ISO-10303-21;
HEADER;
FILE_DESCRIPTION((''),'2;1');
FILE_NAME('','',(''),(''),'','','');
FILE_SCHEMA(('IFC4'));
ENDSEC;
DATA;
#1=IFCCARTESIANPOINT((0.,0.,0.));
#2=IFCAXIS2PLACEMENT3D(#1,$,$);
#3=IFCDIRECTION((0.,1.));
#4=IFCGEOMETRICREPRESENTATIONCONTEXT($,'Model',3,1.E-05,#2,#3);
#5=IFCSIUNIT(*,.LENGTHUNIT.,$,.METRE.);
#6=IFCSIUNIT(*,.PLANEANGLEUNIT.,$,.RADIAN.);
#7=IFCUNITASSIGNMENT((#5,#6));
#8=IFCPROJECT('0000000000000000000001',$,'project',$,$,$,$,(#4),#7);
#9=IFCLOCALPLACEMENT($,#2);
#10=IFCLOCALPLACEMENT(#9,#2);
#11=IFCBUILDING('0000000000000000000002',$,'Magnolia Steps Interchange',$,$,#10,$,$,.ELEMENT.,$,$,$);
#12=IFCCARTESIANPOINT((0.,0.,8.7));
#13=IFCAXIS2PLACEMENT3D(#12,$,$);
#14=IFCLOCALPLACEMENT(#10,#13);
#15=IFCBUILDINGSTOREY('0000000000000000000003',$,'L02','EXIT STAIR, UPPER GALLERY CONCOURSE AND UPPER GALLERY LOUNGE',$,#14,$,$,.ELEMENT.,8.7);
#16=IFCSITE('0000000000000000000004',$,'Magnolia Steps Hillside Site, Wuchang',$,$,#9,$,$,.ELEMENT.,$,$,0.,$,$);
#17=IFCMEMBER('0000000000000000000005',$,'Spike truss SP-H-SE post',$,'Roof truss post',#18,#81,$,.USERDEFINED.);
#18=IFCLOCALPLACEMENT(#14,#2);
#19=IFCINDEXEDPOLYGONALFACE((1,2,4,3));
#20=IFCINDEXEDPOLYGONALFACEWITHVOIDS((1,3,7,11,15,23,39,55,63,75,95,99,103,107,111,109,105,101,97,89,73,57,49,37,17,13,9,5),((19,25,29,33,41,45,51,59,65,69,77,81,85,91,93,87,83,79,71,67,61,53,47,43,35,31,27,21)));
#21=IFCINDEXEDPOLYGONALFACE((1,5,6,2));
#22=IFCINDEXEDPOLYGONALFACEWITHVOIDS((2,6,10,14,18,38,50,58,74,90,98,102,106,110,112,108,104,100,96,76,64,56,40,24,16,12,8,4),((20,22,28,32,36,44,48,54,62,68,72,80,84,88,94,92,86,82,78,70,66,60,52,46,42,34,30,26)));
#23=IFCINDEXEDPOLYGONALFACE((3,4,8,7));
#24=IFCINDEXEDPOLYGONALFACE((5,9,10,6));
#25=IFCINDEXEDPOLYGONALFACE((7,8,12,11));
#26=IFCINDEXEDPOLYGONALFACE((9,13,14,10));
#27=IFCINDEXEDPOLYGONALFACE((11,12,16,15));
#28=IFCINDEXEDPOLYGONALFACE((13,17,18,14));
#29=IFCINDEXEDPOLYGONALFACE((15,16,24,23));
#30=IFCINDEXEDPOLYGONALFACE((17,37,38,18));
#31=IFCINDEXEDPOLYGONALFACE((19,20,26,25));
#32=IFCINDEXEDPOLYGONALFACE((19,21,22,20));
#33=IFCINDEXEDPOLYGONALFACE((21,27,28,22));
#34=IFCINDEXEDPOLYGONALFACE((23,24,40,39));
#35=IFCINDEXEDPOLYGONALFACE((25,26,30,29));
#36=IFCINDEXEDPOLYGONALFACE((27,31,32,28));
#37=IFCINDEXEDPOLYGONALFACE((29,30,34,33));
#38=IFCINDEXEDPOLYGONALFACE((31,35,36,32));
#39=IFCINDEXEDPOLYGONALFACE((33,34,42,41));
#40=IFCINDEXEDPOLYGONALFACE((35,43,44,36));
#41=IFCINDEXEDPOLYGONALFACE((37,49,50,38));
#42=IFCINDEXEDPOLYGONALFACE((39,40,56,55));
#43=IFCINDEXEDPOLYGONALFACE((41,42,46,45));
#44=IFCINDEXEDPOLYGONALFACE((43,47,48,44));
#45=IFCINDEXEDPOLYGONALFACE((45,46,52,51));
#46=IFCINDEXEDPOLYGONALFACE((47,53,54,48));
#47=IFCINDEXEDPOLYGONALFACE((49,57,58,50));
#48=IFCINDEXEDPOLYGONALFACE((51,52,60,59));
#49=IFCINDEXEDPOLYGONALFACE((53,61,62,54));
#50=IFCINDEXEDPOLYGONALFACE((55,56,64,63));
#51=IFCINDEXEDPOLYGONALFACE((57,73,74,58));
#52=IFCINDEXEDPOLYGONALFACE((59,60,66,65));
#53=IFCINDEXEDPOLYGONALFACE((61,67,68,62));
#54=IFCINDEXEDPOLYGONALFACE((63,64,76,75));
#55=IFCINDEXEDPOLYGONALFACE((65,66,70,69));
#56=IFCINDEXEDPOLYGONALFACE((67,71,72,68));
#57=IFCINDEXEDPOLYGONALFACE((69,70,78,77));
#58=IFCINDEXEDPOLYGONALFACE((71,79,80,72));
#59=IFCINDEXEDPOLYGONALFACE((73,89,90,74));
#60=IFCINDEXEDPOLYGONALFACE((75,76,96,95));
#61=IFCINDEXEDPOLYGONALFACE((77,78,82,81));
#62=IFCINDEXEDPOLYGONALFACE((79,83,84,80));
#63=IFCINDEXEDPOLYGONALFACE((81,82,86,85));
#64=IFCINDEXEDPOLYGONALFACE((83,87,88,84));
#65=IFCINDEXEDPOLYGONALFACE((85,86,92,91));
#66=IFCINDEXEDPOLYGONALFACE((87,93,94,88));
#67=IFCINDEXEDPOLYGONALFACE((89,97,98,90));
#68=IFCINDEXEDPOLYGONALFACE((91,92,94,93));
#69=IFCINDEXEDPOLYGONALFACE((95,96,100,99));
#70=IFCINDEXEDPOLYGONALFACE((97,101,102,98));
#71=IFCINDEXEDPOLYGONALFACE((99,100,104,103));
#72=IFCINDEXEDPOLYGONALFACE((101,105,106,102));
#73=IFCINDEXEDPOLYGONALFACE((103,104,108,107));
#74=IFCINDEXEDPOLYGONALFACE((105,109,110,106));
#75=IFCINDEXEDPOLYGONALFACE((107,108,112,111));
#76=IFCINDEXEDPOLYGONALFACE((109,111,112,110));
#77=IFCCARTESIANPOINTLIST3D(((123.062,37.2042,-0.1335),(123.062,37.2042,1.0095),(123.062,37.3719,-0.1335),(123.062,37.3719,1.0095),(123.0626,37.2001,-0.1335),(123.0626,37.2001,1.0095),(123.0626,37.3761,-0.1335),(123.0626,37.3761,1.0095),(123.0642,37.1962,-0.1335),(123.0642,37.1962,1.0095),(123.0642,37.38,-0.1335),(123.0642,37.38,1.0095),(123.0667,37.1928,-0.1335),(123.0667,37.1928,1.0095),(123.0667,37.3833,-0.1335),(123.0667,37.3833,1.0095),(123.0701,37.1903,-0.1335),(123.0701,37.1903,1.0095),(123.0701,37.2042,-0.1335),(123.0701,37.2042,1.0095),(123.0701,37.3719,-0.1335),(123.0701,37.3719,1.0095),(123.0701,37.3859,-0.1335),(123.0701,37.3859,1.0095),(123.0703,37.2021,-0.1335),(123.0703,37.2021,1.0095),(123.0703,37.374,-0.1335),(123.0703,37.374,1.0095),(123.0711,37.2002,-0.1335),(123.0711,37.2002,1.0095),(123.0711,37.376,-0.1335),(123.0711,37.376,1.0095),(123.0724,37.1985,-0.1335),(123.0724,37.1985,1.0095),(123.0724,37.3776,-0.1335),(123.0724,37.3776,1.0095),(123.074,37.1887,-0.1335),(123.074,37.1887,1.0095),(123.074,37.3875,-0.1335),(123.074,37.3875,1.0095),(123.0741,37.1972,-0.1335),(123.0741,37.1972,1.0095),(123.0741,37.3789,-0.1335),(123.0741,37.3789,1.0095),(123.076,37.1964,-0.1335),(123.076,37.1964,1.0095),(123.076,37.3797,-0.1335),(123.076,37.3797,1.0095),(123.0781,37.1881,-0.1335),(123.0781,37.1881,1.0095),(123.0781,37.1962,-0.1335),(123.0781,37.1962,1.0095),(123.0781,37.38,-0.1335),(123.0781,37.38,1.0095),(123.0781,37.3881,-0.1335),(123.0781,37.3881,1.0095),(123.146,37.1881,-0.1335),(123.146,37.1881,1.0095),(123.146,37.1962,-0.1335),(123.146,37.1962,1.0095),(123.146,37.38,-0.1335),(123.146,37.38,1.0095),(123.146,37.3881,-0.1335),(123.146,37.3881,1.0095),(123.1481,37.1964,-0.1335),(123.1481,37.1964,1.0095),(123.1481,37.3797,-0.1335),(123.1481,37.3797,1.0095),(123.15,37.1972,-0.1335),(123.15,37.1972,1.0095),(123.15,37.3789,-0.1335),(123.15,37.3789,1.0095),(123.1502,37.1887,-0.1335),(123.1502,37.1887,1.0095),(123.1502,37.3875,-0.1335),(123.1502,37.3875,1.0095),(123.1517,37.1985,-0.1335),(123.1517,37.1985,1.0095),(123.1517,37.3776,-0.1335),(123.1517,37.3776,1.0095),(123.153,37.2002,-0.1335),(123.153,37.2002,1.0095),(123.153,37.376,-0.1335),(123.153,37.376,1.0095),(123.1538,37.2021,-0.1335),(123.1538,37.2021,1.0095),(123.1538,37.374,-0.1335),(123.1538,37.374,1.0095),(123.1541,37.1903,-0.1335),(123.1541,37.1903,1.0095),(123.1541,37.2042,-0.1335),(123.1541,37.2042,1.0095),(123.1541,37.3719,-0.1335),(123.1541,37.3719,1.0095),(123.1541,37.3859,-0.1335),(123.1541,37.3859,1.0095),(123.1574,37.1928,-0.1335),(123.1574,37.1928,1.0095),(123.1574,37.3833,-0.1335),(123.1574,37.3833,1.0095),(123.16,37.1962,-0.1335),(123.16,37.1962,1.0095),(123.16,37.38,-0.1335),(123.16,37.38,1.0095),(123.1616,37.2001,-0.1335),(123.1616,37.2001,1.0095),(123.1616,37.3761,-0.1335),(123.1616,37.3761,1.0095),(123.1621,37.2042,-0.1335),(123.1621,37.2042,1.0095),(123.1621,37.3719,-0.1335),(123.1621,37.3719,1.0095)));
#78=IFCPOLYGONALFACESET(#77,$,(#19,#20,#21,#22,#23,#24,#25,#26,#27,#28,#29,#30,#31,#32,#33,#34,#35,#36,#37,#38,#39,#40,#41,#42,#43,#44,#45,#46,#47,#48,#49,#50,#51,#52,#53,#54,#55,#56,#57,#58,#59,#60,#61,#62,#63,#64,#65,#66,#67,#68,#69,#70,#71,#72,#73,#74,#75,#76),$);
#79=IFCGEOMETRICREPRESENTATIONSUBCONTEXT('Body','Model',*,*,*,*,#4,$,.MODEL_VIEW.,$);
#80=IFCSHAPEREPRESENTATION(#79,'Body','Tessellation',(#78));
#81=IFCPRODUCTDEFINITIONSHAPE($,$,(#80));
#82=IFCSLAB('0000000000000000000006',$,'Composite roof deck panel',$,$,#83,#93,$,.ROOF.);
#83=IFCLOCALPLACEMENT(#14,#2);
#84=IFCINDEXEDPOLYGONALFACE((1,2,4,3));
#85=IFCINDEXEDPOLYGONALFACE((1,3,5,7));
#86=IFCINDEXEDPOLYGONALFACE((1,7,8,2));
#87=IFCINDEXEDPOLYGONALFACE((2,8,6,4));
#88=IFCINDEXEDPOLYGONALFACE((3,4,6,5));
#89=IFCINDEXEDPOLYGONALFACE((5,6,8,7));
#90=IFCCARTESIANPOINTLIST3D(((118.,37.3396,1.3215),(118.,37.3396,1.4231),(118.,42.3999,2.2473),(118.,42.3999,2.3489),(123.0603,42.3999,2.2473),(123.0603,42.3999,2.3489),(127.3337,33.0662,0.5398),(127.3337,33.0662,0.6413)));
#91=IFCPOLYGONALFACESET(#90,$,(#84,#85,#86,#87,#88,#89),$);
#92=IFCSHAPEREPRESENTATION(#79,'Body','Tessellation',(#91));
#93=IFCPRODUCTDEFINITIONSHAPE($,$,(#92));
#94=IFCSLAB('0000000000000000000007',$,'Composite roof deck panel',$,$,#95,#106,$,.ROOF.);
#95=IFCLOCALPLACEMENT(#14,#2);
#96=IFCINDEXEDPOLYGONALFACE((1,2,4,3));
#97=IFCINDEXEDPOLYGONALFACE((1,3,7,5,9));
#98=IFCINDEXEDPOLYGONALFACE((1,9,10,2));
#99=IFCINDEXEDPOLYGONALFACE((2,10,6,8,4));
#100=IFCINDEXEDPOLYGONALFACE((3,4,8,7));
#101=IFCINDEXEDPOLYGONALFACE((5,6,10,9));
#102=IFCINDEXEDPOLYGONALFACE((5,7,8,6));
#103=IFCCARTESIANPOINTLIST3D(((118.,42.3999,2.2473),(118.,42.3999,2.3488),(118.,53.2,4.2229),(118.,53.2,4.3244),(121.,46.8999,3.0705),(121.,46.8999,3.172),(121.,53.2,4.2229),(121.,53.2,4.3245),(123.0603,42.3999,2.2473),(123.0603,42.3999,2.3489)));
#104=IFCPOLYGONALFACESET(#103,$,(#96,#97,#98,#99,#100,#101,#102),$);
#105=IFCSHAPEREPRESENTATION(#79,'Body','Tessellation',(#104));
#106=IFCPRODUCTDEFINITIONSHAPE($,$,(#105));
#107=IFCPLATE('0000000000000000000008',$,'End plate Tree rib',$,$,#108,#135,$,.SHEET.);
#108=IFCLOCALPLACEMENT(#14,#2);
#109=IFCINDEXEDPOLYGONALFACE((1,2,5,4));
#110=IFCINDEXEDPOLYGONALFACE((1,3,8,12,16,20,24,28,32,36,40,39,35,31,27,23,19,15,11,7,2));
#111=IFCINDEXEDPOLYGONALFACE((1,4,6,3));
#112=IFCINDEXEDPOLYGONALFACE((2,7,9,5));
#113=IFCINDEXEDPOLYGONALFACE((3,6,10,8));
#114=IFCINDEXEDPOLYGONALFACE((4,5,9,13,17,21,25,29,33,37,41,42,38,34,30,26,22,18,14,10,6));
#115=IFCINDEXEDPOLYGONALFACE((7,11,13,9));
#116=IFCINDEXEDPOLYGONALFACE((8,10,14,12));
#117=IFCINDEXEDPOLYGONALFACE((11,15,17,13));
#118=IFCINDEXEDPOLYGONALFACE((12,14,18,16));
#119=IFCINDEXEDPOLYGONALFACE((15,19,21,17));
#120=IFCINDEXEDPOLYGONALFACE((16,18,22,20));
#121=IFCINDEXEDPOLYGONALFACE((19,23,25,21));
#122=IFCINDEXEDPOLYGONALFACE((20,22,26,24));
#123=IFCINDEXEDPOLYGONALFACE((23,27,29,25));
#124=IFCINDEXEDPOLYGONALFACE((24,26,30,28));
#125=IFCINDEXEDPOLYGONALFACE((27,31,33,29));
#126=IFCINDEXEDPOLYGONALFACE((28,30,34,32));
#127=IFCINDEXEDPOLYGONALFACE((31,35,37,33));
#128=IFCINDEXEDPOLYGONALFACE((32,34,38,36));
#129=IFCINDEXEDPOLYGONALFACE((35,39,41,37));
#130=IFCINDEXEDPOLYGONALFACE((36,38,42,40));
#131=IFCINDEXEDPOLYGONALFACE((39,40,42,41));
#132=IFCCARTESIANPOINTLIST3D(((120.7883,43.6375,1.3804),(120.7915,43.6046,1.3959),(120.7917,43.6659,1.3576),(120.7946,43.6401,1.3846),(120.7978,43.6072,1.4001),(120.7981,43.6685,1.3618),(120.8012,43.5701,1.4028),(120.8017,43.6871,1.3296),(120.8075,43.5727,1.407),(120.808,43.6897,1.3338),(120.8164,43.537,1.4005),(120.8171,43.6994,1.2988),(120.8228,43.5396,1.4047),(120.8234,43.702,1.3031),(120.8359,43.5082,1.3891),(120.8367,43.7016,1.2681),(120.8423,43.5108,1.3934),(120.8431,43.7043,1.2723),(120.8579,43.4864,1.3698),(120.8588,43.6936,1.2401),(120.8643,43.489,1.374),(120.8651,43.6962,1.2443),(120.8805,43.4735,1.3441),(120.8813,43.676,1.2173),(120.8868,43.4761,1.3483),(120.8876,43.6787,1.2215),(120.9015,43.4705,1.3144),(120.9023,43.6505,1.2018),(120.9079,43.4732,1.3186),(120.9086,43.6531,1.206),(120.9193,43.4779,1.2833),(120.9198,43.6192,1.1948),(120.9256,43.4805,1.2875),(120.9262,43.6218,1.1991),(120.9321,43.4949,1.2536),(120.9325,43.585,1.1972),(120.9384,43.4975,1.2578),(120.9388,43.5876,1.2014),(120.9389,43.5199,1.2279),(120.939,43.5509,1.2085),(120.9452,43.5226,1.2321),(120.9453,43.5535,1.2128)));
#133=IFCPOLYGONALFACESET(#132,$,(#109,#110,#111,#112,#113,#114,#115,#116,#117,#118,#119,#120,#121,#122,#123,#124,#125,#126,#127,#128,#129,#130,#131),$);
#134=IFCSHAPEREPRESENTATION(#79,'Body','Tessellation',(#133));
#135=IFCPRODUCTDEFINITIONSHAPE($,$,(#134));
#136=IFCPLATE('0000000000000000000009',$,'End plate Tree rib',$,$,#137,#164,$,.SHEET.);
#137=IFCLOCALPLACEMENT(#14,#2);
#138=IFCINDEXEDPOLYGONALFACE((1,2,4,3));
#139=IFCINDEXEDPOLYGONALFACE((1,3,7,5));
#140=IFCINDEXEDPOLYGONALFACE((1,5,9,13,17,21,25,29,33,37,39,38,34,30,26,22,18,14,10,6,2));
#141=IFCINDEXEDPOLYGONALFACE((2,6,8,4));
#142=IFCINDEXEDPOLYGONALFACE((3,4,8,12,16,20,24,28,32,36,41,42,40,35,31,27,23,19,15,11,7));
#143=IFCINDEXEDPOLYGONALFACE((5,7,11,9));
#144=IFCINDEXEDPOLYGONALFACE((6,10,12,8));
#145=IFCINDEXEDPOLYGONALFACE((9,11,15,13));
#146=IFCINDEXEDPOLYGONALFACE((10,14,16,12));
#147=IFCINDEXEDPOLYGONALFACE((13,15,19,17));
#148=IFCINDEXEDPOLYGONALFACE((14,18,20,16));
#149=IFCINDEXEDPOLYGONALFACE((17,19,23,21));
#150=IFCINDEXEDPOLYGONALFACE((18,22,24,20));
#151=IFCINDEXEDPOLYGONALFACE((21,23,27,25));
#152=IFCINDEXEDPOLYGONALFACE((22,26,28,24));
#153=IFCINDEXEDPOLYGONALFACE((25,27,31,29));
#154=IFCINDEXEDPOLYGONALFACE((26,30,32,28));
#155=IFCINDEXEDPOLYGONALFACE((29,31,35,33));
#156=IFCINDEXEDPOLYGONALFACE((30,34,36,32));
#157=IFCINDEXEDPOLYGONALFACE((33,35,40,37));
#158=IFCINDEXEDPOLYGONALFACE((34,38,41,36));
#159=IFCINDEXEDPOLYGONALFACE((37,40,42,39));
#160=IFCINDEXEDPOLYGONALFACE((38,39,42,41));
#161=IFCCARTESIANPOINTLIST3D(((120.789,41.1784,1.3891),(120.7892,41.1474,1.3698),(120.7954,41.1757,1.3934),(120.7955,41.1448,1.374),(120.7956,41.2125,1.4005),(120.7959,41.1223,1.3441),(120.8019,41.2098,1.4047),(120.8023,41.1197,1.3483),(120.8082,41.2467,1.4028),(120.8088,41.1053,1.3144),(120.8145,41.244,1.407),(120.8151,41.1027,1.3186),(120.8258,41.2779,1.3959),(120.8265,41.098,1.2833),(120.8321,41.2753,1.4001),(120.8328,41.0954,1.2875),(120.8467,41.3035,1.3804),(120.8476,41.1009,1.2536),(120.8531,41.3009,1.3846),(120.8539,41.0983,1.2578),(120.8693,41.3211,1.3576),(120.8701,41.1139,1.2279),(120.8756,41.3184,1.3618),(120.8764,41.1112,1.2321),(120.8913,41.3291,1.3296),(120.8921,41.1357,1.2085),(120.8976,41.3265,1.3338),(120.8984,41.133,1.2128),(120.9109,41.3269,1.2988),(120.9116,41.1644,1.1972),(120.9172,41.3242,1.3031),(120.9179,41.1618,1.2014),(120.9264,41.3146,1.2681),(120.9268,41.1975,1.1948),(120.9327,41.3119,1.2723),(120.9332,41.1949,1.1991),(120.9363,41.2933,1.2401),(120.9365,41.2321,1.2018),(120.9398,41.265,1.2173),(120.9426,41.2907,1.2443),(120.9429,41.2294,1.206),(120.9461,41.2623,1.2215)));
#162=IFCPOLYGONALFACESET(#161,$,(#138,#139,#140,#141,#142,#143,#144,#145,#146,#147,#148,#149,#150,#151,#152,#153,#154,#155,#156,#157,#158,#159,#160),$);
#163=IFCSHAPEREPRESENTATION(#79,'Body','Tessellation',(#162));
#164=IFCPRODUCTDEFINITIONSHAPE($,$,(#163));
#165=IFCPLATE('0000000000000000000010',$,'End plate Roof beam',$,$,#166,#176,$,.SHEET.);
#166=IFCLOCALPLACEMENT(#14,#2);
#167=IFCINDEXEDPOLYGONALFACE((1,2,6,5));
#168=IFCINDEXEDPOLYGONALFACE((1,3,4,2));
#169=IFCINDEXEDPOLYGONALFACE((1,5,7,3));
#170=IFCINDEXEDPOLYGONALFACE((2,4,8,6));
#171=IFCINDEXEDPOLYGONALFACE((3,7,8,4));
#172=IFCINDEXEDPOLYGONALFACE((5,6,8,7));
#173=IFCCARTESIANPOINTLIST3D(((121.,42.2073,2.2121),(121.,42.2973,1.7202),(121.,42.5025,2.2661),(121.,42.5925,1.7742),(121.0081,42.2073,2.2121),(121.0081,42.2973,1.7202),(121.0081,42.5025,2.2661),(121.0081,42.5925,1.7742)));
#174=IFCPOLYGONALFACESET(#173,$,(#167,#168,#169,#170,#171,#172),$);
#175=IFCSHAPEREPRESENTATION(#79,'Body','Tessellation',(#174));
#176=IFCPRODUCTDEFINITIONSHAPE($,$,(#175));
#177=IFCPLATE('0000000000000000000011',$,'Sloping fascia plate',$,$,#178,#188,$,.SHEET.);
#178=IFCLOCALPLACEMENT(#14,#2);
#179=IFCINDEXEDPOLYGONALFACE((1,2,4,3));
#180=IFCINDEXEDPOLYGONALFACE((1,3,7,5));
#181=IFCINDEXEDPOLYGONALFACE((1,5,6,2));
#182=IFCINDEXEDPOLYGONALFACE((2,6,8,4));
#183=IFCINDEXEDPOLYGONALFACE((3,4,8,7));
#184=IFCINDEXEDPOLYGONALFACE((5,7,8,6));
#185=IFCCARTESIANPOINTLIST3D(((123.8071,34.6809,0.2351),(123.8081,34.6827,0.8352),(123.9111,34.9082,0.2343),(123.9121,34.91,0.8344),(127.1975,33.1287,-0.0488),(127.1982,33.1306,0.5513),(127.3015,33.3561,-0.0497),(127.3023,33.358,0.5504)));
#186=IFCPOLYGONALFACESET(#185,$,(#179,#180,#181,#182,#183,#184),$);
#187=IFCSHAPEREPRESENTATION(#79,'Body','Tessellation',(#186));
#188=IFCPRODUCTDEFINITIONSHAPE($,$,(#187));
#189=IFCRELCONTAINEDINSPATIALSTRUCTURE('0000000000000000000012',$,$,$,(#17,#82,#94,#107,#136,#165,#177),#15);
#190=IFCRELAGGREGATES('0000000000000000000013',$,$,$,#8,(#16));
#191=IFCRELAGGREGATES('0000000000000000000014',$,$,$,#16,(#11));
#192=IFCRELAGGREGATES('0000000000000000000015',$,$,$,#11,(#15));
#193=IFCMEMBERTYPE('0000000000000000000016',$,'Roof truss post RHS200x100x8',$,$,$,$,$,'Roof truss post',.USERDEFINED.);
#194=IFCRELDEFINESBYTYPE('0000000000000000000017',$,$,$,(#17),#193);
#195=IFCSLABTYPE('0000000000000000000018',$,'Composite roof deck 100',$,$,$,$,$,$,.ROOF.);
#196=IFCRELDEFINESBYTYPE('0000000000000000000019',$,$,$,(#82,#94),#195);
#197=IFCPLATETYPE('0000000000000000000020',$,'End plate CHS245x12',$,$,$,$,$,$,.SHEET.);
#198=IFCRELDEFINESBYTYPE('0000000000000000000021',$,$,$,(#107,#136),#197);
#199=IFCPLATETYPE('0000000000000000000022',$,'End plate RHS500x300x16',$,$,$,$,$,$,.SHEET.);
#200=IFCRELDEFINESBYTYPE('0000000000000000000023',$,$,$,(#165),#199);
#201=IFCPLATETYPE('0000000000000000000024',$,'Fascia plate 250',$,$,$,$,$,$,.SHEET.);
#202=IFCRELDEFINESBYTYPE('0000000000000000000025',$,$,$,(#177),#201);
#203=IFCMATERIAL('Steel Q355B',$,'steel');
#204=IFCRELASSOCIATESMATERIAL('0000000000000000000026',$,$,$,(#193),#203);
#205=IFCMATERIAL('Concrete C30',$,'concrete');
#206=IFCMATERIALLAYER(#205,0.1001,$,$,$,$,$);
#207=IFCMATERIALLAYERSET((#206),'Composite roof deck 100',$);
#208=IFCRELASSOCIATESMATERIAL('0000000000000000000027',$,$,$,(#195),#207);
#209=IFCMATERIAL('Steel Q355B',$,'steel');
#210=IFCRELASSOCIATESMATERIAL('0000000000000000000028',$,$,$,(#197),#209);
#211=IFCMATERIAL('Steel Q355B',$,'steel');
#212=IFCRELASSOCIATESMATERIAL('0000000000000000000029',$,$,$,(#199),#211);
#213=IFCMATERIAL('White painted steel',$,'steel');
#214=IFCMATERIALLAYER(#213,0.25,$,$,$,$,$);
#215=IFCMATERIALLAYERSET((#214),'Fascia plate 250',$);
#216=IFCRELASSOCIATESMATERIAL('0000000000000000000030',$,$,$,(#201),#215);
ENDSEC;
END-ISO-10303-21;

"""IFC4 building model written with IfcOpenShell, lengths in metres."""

from ifc_helpers import new_model, si_unit, direction, frame, origin, origin_2d, place, context, subcontext, project, spatial, polyline, rectangle, hollow_rectangle, circle, outline, extrude, material, layer, layer_set, material_profile, profile_set, type_object, element, save


model = new_model("IFC4")

# Units and contexts
model_context = context("Model", 3, precision=1e-05, world=origin(), true_north=direction((0.0, 1.0)))
body_context = subcontext(model_context, "Body", "Model", "MODEL_VIEW")
ifc_project = project(units=[si_unit("LENGTHUNIT", "METRE"), si_unit("PLANEANGLEUNIT", "RADIAN")], contexts=[model_context])

# Site, building, storey
site_placement = place(None, origin())
site = spatial("IfcSite", under=ifc_project, at=site_placement, Name="Magnolia Steps Hillside Site, Wuchang", CompositionType="ELEMENT", RefElevation=0.0)
building_placement = place(site_placement, origin())
building = spatial("IfcBuilding", under=site, at=building_placement, Name="Magnolia Steps Interchange", CompositionType="ELEMENT")
storey_placement = place(building_placement, frame((0.0, 0.0, 8.7)))
storey = spatial("IfcBuildingStorey", under=building, at=storey_placement, Name="L02", Description="EXIT STAIR, UPPER GALLERY CONCOURSE AND UPPER GALLERY LOUNGE", CompositionType="ELEMENT", Elevation=8.7)

# Member
ifc_material_1 = material(Name="Steel Q355B", Category="steel")
ifc_material_profile_1 = material_profile(ifc_material_1, hollow_rectangle(XDim=0.1001, YDim=0.2, WallThickness=0.0081, InnerFilletRadius=0.0081, OuterFilletRadius=0.0161, at=origin_2d()), Name="RHS200x100x8")
ifc_profile_set_1 = profile_set([ifc_material_profile_1], Name="Steel Q355B")
member_type_1 = type_object("IfcMemberType", Name="Roof truss post RHS200x100x8", ElementType="Roof truss post", PredefinedType="USERDEFINED", material=ifc_profile_set_1)
member_1_placement = place(storey_placement, frame((123.1121, 37.2881, -0.1335), z_axis=(0.0, 0.0, 1.0), x_axis=(1.0, 0.0, 0.0)))
element("IfcMember", 1, at=member_1_placement, inside=storey, type_object=member_type_1, Name="Spike truss SP-H-SE post", ObjectType="Roof truss post", PredefinedType="USERDEFINED", context=body_context, shape_type="SweptSolid", body=[
    extrude(hollow_rectangle(XDim=0.1001, YDim=0.2, WallThickness=0.0081, InnerFilletRadius=0.0081, OuterFilletRadius=0.0161, at=origin_2d()), origin(), (0.0, 0.0, 1.0), 1.1431),
])

# Slabs
ifc_material_2 = material(Name="Concrete C30", Category="concrete")
ifc_layer_1 = layer(ifc_material_2, 0.1001)
ifc_layer_set_1 = layer_set([ifc_layer_1], Name="Composite roof deck 100")
slab_type = type_object("IfcSlabType", Name="Composite roof deck 100", PredefinedType="ROOF", material=ifc_layer_set_1)
slab_1_placement = place(storey_placement, frame((123.0603, 42.3999, 2.3489), z_axis=(-0.000005, -0.179958, 0.983674), x_axis=(-1.0, 0.000001, -0.000004)))
element("IfcSlab", 2, at=slab_1_placement, inside=storey, type_object=slab_type, Name="Composite roof deck panel", PredefinedType="ROOF", context=body_context, shape_type="SweptSolid", body=[
    extrude(outline(polyline([(0.0, 0.0), (5.0603, 0.0), (5.0603, 5.1443), (-4.2734, 9.4886), (0.0, 0.0)])), origin(), (0.000004, 0.179958, -0.983674), 0.1016),
])
slab_2_placement = place(storey_placement, frame((121.0, 53.2, 4.3245), z_axis=(-0.000012, -0.17994, 0.983678), x_axis=(-1.0, 0.000002, -0.000012)))
element("IfcSlab", 3, at=slab_2_placement, inside=storey, type_object=slab_type, Name="Composite roof deck panel", PredefinedType="ROOF", context=body_context, shape_type="SweptSolid", body=[
    extrude(outline(polyline([(0.0, 0.0), (3.0, 0.0), (3.0, 10.9793), (-2.0603, 10.9793), (0.0, 6.4046), (0.0, 0.0)])), origin(), (0.000012, 0.17994, -0.983678), 0.1016),
])

# Plates
ifc_material_3 = material(Name="Steel Q355B", Category="steel")
ifc_material_profile_2 = material_profile(ifc_material_3, circle(Radius=0.1226, at=origin_2d()), Name="End plate CHS245x12")
ifc_profile_set_2 = profile_set([ifc_material_profile_2], Name="Steel Q355B")
plate_type_1 = type_object("IfcPlateType", Name="End plate CHS245x12", PredefinedType="SHEET", material=ifc_profile_set_2)
for number, where, z_axis, x_axis, name in (
    (4, (120.864, 43.5862, 1.2988), (0.786063, 0.325598, 0.525444), (-0.382683, 0.92388, 0.0), "End plate Tree rib"),
    (5, (120.864, 41.2136, 1.2988), (0.786063, -0.325598, 0.525444), (0.382683, 0.92388, 0.0), "End plate Tree rib"),
):
    element("IfcPlate", number, at=place(storey_placement, frame(where, z_axis=z_axis, x_axis=x_axis)), inside=storey, type_object=plate_type_1, Name=name, PredefinedType="SHEET", context=body_context, shape_type="SweptSolid", body=[
        extrude(circle(Radius=0.1226, at=origin_2d()), origin(), (0.0, 0.0, 1.0), 0.0081),
    ])
ifc_material_4 = material(Name="Steel Q355B", Category="steel")
ifc_material_profile_3 = material_profile(ifc_material_4, rectangle(XDim=0.3, YDim=0.5, at=origin_2d()), Name="End plate RHS500x300x16")
ifc_profile_set_3 = profile_set([ifc_material_profile_3], Name="Steel Q355B")
plate_type_2 = type_object("IfcPlateType", Name="End plate RHS500x300x16", PredefinedType="SHEET", material=ifc_profile_set_3)
plate_1_placement = place(storey_placement, frame((121.0, 42.3999, 1.9932), z_axis=(1.0, 0.0, 0.0), x_axis=(0.0, 0.983677, 0.179941)))
element("IfcPlate", 6, at=plate_1_placement, inside=storey, type_object=plate_type_2, Name="End plate Roof beam", PredefinedType="SHEET", context=body_context, shape_type="SweptSolid", body=[
    extrude(rectangle(XDim=0.3, YDim=0.5, at=origin_2d()), origin(), (0.0, 0.0, 1.0), 0.0081),
])
ifc_material_5 = material(Name="White painted steel", Category="steel")
ifc_layer_2 = layer(ifc_material_5, 0.25)
ifc_layer_set_2 = layer_set([ifc_layer_2], Name="Fascia plate 250")
plate_type_3 = type_object("IfcPlateType", Name="Fascia plate 250", PredefinedType="SHEET", material=ifc_layer_set_2)
plate_2_placement = place(storey_placement, frame((123.8071, 34.6809, 0.2351), z_axis=(-0.416033, -0.909344, 0.003367), x_axis=(0.906617, -0.415066, -0.075926)))
element("IfcPlate", 7, at=plate_2_placement, inside=storey, type_object=plate_type_3, Name="Sloping fascia plate", PredefinedType="SHEET", context=body_context, shape_type="SweptSolid", body=[
    extrude(outline(polyline([(0.0, 0.0), (3.7396, 0.0), (3.6939, 0.5984), (-0.0454, 0.5984), (0.0, 0.0)])), origin(), (0.0, 0.0, -1.0), 0.25),
])

save(model, "model.ifc")
